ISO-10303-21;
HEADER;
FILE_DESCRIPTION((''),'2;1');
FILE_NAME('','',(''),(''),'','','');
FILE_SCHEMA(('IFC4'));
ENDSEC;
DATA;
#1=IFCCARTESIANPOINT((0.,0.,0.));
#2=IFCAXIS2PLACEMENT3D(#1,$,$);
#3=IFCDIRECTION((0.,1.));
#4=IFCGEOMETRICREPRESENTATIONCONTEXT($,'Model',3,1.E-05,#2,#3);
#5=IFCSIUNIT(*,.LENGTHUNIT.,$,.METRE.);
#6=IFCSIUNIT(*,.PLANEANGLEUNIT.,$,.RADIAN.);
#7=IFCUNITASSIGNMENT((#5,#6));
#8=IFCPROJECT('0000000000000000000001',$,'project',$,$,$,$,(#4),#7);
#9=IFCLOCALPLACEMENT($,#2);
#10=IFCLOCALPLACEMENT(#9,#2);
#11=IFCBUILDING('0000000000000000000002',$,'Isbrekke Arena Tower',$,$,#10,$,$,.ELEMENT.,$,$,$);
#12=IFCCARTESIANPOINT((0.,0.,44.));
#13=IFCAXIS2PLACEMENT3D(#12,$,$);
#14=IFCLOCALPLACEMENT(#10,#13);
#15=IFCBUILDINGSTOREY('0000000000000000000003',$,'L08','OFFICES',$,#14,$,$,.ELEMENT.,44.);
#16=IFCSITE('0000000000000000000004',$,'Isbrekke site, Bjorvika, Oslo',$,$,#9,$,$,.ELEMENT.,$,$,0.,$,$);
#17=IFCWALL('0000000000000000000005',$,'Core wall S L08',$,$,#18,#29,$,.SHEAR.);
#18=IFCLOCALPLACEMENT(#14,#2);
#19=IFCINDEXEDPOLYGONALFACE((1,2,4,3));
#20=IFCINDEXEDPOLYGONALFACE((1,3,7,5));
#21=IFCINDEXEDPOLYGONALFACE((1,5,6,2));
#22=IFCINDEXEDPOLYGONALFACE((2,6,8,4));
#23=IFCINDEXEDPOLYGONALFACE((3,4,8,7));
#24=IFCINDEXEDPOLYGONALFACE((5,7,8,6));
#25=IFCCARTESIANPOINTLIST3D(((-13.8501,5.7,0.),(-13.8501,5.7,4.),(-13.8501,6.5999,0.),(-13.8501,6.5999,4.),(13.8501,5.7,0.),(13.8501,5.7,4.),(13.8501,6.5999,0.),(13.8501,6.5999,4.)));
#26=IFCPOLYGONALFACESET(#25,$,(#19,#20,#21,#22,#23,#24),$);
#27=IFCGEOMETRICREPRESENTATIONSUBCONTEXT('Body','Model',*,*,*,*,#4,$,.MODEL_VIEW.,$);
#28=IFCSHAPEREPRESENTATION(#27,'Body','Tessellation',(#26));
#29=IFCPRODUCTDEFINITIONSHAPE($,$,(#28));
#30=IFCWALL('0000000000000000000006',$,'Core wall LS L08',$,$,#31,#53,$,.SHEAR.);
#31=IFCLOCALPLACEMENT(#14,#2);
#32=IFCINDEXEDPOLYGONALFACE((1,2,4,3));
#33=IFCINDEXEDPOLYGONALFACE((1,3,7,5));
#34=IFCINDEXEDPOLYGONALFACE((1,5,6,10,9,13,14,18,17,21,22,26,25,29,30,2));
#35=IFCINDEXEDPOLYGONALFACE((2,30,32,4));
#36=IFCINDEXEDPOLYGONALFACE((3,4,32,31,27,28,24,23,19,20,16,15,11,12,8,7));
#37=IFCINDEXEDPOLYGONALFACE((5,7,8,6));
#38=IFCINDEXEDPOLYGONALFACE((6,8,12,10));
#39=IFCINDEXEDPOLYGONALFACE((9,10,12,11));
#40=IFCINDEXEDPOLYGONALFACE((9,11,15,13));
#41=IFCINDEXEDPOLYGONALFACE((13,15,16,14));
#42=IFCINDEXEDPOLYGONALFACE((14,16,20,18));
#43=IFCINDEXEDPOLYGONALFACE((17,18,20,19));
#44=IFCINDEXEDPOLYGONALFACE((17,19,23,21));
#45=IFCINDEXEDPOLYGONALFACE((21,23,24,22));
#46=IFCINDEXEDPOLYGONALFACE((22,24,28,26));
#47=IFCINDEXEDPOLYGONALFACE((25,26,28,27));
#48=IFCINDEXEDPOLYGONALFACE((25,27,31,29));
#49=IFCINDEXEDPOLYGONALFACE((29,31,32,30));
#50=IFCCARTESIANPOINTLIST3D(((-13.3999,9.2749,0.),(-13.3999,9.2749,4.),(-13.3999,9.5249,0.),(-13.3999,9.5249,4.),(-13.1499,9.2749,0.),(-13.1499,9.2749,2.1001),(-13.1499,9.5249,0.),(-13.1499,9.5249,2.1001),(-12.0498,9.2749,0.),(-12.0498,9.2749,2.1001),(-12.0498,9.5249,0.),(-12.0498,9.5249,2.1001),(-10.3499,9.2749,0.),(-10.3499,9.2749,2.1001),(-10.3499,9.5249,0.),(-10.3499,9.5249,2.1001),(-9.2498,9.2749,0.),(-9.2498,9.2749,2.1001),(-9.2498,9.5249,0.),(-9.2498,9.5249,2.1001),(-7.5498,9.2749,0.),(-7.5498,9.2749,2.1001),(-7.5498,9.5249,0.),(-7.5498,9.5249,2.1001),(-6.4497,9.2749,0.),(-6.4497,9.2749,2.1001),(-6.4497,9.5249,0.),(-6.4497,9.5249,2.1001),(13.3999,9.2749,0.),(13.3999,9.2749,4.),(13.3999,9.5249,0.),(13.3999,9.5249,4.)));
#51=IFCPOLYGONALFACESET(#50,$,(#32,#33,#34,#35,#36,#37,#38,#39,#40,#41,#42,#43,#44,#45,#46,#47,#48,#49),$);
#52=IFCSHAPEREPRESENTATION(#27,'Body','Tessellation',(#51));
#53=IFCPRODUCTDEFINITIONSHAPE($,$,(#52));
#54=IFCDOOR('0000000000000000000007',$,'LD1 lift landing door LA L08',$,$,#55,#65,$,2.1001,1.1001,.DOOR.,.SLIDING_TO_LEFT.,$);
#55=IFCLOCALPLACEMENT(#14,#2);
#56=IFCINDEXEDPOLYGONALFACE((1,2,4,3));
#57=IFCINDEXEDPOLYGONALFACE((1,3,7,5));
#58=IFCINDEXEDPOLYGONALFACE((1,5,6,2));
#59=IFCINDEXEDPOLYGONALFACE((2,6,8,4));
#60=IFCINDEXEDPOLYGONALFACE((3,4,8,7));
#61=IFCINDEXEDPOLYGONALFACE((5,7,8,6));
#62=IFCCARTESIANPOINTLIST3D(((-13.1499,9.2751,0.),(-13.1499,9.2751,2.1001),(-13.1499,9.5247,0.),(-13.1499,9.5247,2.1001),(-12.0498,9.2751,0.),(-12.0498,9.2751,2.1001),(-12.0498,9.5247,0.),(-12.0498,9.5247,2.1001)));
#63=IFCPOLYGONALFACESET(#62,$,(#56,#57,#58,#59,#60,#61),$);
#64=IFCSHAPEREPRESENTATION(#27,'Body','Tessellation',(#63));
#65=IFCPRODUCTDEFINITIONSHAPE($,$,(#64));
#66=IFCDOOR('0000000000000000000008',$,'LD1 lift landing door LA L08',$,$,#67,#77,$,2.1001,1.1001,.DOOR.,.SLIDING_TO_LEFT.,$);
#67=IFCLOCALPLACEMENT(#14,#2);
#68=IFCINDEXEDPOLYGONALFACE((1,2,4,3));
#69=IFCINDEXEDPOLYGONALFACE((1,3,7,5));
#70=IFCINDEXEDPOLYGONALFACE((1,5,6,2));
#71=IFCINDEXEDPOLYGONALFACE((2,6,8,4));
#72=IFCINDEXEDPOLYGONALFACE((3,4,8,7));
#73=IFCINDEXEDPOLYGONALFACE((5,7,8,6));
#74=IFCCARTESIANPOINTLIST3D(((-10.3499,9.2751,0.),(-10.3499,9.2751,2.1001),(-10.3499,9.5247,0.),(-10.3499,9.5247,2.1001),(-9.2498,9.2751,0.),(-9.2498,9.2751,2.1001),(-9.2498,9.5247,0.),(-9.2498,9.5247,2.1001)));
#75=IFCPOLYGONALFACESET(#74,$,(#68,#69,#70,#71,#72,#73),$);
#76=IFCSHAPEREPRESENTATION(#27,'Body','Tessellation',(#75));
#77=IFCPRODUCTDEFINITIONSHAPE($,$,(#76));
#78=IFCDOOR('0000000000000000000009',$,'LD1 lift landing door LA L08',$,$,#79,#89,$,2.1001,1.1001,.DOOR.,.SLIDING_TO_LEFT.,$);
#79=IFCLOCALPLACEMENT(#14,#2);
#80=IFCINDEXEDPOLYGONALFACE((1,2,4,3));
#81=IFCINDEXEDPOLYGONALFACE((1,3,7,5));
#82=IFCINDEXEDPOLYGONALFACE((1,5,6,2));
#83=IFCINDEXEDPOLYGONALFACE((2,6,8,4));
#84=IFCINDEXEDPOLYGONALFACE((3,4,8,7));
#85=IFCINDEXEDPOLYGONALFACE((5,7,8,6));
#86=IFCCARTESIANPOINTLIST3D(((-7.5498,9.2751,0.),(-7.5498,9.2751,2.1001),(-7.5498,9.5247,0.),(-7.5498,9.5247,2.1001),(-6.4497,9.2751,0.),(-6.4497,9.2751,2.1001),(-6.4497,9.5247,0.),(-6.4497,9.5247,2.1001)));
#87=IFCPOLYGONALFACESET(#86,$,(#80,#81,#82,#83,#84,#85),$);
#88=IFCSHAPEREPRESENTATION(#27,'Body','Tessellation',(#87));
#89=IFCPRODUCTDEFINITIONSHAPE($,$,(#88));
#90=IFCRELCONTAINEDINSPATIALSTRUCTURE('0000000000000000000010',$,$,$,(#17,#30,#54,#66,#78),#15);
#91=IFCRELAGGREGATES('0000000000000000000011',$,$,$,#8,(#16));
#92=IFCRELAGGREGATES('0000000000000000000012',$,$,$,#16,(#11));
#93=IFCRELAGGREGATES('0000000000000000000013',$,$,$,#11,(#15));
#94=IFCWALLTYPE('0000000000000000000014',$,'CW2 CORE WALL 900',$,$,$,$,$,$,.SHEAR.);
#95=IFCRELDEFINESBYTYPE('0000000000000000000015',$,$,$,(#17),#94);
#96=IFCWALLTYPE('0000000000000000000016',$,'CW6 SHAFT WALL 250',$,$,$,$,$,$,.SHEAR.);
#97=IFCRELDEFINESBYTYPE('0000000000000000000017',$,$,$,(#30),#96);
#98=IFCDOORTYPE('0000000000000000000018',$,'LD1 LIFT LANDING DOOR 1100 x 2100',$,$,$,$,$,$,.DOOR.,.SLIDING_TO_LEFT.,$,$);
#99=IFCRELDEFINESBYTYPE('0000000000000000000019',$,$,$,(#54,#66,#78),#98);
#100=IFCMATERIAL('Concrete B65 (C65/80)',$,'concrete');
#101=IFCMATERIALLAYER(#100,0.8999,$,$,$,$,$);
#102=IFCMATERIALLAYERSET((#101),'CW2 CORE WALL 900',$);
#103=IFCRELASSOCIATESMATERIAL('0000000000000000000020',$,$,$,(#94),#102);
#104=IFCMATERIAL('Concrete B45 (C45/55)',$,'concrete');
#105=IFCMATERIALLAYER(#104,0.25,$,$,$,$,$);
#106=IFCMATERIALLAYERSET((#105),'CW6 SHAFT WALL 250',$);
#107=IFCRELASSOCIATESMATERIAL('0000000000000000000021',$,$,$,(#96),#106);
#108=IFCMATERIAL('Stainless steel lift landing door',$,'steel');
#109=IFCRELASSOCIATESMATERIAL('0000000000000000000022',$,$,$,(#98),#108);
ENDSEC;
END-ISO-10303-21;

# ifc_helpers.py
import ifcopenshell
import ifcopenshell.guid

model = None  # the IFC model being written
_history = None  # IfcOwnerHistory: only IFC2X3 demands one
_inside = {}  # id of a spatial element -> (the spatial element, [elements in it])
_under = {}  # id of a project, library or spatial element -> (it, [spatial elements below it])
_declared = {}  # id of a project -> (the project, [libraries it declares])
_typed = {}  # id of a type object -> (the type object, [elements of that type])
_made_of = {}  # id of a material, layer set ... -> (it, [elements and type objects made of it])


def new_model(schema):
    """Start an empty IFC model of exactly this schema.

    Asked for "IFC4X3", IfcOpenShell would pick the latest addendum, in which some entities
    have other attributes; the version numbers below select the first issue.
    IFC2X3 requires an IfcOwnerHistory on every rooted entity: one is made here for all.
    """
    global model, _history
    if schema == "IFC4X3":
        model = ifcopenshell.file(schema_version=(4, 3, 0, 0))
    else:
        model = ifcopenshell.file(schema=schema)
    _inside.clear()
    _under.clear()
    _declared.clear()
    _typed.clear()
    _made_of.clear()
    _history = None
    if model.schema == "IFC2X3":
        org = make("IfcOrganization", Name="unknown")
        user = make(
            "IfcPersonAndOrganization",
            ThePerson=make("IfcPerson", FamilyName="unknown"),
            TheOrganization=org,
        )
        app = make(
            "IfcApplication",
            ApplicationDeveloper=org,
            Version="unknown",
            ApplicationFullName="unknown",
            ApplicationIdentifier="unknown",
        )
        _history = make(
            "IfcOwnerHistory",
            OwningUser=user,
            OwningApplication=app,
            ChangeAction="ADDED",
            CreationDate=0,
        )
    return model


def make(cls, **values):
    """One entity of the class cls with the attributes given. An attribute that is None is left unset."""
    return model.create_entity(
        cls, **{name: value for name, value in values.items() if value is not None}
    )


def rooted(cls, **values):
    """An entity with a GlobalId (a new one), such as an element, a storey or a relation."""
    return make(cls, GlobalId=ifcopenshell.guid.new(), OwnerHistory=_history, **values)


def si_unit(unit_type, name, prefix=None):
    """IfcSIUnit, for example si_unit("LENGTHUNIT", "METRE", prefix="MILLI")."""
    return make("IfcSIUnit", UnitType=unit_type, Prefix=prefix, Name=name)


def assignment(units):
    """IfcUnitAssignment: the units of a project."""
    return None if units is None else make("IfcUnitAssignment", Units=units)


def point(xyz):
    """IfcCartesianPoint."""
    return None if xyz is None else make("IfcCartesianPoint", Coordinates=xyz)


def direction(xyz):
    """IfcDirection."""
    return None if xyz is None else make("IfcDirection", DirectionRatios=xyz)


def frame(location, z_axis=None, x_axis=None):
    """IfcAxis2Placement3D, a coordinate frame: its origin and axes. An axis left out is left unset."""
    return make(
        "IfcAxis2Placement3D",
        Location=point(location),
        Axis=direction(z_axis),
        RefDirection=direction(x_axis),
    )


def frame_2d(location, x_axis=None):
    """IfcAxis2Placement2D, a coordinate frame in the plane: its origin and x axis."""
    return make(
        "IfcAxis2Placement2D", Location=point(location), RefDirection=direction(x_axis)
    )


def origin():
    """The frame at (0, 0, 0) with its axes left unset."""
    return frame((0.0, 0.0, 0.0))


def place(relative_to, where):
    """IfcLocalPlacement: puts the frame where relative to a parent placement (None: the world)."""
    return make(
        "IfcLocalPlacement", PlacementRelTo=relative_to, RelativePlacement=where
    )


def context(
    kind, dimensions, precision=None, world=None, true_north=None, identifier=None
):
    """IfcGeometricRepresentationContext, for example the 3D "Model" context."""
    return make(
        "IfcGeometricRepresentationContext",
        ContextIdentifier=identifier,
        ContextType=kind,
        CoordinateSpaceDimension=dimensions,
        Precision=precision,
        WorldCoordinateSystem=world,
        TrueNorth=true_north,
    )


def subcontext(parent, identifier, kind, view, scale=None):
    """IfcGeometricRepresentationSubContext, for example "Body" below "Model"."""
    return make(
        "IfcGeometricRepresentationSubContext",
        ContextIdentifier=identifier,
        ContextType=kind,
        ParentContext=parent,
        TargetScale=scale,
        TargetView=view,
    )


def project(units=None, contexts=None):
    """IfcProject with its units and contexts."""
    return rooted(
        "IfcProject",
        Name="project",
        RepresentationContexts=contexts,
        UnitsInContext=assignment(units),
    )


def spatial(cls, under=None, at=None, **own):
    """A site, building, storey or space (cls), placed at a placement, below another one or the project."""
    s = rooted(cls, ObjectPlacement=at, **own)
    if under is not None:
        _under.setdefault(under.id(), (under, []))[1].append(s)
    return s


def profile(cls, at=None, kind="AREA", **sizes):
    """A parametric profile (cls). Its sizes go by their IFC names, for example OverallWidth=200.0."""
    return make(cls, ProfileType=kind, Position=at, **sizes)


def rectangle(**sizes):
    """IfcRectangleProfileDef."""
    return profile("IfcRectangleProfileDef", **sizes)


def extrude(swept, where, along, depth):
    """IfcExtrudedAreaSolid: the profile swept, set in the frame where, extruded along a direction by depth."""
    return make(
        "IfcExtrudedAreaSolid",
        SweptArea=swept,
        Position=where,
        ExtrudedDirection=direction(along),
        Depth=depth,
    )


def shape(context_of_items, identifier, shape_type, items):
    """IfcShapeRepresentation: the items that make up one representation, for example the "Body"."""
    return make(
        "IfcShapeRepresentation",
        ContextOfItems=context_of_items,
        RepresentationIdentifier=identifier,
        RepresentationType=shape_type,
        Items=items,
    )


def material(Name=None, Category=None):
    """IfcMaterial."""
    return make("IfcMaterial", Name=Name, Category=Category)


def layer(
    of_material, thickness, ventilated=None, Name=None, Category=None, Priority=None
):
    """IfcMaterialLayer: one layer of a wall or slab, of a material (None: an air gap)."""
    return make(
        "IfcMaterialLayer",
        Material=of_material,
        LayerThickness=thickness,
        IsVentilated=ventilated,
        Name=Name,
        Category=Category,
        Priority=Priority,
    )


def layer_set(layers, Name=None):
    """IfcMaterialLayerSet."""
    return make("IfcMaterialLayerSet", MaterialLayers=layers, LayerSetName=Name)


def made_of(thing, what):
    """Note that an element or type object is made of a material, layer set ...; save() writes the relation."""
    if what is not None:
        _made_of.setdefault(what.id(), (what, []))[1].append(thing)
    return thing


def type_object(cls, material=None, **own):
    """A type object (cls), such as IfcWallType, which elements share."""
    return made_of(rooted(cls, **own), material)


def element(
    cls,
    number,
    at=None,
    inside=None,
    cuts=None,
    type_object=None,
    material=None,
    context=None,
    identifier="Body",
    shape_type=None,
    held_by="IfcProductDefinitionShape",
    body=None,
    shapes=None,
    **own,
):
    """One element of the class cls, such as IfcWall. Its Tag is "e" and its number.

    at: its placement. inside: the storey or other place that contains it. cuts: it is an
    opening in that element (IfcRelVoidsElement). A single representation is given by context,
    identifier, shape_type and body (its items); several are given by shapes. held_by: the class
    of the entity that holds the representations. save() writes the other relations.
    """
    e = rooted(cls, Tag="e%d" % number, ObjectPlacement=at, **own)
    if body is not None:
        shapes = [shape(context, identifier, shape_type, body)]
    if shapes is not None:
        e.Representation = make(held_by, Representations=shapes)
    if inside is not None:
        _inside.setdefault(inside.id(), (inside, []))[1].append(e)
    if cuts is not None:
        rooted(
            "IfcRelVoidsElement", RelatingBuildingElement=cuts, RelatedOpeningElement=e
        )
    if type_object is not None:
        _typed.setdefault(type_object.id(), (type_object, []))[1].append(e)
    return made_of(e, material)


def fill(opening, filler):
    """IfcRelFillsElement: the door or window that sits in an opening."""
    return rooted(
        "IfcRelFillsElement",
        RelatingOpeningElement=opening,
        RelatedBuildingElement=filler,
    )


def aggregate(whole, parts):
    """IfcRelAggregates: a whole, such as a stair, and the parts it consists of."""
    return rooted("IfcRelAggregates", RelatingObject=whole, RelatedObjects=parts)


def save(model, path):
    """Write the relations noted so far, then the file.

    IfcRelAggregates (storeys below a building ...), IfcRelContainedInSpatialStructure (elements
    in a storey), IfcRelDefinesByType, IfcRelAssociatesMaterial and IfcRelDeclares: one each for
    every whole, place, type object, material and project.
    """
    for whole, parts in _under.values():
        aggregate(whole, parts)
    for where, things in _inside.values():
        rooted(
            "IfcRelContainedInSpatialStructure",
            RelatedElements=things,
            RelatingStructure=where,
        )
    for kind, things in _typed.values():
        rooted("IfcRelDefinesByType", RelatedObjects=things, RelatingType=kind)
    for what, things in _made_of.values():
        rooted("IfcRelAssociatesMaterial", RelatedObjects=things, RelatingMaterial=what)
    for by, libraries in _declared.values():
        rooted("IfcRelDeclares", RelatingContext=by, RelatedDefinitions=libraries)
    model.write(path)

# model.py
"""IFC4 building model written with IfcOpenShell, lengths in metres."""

from ifc_helpers import new_model, si_unit, direction, frame, frame_2d, origin, place, context, subcontext, project, spatial, rectangle, extrude, material, layer, layer_set, type_object, element, fill, save


model = new_model("IFC4")

# Units and contexts
model_context = context("Model", 3, precision=1e-05, world=origin(), true_north=direction((0.0, 1.0)))
body_context = subcontext(model_context, "Body", "Model", "MODEL_VIEW")
ifc_project = project(units=[si_unit("LENGTHUNIT", "METRE"), si_unit("PLANEANGLEUNIT", "RADIAN")], contexts=[model_context])

# Site, building, storey
site_placement = place(None, origin())
site = spatial("IfcSite", under=ifc_project, at=site_placement, Name="Isbrekke site, Bjorvika, Oslo", CompositionType="ELEMENT", RefElevation=0.0)
building_placement = place(site_placement, origin())
building = spatial("IfcBuilding", under=site, at=building_placement, Name="Isbrekke Arena Tower", CompositionType="ELEMENT")
storey_placement = place(building_placement, frame((0.0, 0.0, 44.0)))
storey = spatial("IfcBuildingStorey", under=building, at=storey_placement, Name="L08", Description="OFFICES", CompositionType="ELEMENT", Elevation=44.0)

# Wall
ifc_material_1 = material(Name="Concrete B65 (C65/80)", Category="concrete")
ifc_layer_1 = layer(ifc_material_1, 0.8999)
ifc_layer_set_1 = layer_set([ifc_layer_1], Name="CW2 CORE WALL 900")
wall_type_1 = type_object("IfcWallType", Name="CW2 CORE WALL 900", PredefinedType="SHEAR", material=ifc_layer_set_1)
wall_1_placement = place(storey_placement, frame((-13.8501, 6.1499, 0.0), z_axis=(0.0, 0.0, 1.0), x_axis=(1.0, 0.0, 0.0)))
element("IfcWall", 1, at=wall_1_placement, inside=storey, type_object=wall_type_1, Name="Core wall S L08", PredefinedType="SHEAR", context=body_context, shape_type="SweptSolid", body=[
    extrude(rectangle(XDim=27.7002, YDim=0.8999, at=frame_2d((13.8501, 0.0))), origin(), (0.0, 0.0, 1.0), 4.0),
])

# Wall, openings, doors
ifc_material_2 = material(Name="Concrete B45 (C45/55)", Category="concrete")
ifc_layer_2 = layer(ifc_material_2, 0.25)
ifc_layer_set_2 = layer_set([ifc_layer_2], Name="CW6 SHAFT WALL 250")
wall_type_2 = type_object("IfcWallType", Name="CW6 SHAFT WALL 250", PredefinedType="SHEAR", material=ifc_layer_set_2)
wall_2_placement = place(storey_placement, frame((-13.3999, 9.3999, 0.0), z_axis=(0.0, 0.0, 1.0), x_axis=(1.0, 0.0, 0.0)))
wall_2 = element("IfcWall", 2, at=wall_2_placement, inside=storey, type_object=wall_type_2, Name="Core wall LS L08", PredefinedType="SHEAR", context=body_context, shape_type="SweptSolid", body=[
    extrude(rectangle(XDim=26.7998, YDim=0.25, at=frame_2d((13.3999, 0.0))), origin(), (0.0, 0.0, 1.0), 4.0),
])
opening_1_placement = place(wall_2_placement, frame((0.25, 0.0, 0.0)))
opening_1 = element("IfcOpeningElement", 3, at=opening_1_placement, cuts=wall_2, PredefinedType="OPENING", context=body_context, shape_type="SweptSolid", body=[
    extrude(rectangle(XDim=1.1001, YDim=2.1001, at=frame_2d((0.55, 1.05))), frame((0.0, 0.1399, 0.0), z_axis=(0.0, -1.0, 0.0), x_axis=(1.0, 0.0, 0.0)), (0.0, 0.0, 1.0), 0.2798),
])
opening_2_placement = place(wall_2_placement, frame((3.05, 0.0, 0.0)))
opening_2 = element("IfcOpeningElement", 4, at=opening_2_placement, cuts=wall_2, PredefinedType="OPENING", context=body_context, shape_type="SweptSolid", body=[
    extrude(rectangle(XDim=1.1001, YDim=2.1001, at=frame_2d((0.55, 1.05))), frame((0.0, 0.1399, 0.0), z_axis=(0.0, -1.0, 0.0), x_axis=(1.0, 0.0, 0.0)), (0.0, 0.0, 1.0), 0.2798),
])
opening_3_placement = place(wall_2_placement, frame((5.8501, 0.0, 0.0)))
opening_3 = element("IfcOpeningElement", 5, at=opening_3_placement, cuts=wall_2, PredefinedType="OPENING", context=body_context, shape_type="SweptSolid", body=[
    extrude(rectangle(XDim=1.1001, YDim=2.1001, at=frame_2d((0.55, 1.05))), frame((0.0, 0.1399, 0.0), z_axis=(0.0, -1.0, 0.0), x_axis=(1.0, 0.0, 0.0)), (0.0, 0.0, 1.0), 0.2798),
])
ifc_material_3 = material(Name="Stainless steel lift landing door", Category="steel")
door_type_1 = type_object("IfcDoorType", Name="LD1 LIFT LANDING DOOR 1100 x 2100", OperationType="SLIDING_TO_LEFT", PredefinedType="DOOR", material=ifc_material_3)
door_1_placement = place(opening_1_placement, origin())
door_1 = element("IfcDoor", 6, at=door_1_placement, inside=storey, type_object=door_type_1, Name="LD1 lift landing door LA L08", OperationType="SLIDING_TO_LEFT", OverallHeight=2.1001, OverallWidth=1.1001, PredefinedType="DOOR", context=body_context, shape_type="SweptSolid", body=[
    extrude(rectangle(XDim=1.1001, YDim=2.1001, at=frame_2d((0.55, 1.05))), frame((0.0, 0.1248, 0.0), z_axis=(0.0, -1.0, 0.0), x_axis=(1.0, 0.0, 0.0)), (0.0, 0.0, 1.0), 0.2495),
])
fill(opening_1, door_1)
door_2_placement = place(opening_2_placement, origin())
door_2 = element("IfcDoor", 7, at=door_2_placement, inside=storey, type_object=door_type_1, Name="LD1 lift landing door LA L08", OperationType="SLIDING_TO_LEFT", OverallHeight=2.1001, OverallWidth=1.1001, PredefinedType="DOOR", context=body_context, shape_type="SweptSolid", body=[
    extrude(rectangle(XDim=1.1001, YDim=2.1001, at=frame_2d((0.55, 1.05))), frame((0.0, 0.1248, 0.0), z_axis=(0.0, -1.0, 0.0), x_axis=(1.0, 0.0, 0.0)), (0.0, 0.0, 1.0), 0.2495),
])
fill(opening_2, door_2)
door_3_placement = place(opening_3_placement, origin())
door_3 = element("IfcDoor", 8, at=door_3_placement, inside=storey, type_object=door_type_1, Name="LD1 lift landing door LA L08", OperationType="SLIDING_TO_LEFT", OverallHeight=2.1001, OverallWidth=1.1001, PredefinedType="DOOR", context=body_context, shape_type="SweptSolid", body=[
    extrude(rectangle(XDim=1.1001, YDim=2.1001, at=frame_2d((0.55, 1.05))), frame((0.0, 0.1248, 0.0), z_axis=(0.0, -1.0, 0.0), x_axis=(1.0, 0.0, 0.0)), (0.0, 0.0, 1.0), 0.2495),
])
fill(opening_3, door_3)

save(model, "model.ifc")
